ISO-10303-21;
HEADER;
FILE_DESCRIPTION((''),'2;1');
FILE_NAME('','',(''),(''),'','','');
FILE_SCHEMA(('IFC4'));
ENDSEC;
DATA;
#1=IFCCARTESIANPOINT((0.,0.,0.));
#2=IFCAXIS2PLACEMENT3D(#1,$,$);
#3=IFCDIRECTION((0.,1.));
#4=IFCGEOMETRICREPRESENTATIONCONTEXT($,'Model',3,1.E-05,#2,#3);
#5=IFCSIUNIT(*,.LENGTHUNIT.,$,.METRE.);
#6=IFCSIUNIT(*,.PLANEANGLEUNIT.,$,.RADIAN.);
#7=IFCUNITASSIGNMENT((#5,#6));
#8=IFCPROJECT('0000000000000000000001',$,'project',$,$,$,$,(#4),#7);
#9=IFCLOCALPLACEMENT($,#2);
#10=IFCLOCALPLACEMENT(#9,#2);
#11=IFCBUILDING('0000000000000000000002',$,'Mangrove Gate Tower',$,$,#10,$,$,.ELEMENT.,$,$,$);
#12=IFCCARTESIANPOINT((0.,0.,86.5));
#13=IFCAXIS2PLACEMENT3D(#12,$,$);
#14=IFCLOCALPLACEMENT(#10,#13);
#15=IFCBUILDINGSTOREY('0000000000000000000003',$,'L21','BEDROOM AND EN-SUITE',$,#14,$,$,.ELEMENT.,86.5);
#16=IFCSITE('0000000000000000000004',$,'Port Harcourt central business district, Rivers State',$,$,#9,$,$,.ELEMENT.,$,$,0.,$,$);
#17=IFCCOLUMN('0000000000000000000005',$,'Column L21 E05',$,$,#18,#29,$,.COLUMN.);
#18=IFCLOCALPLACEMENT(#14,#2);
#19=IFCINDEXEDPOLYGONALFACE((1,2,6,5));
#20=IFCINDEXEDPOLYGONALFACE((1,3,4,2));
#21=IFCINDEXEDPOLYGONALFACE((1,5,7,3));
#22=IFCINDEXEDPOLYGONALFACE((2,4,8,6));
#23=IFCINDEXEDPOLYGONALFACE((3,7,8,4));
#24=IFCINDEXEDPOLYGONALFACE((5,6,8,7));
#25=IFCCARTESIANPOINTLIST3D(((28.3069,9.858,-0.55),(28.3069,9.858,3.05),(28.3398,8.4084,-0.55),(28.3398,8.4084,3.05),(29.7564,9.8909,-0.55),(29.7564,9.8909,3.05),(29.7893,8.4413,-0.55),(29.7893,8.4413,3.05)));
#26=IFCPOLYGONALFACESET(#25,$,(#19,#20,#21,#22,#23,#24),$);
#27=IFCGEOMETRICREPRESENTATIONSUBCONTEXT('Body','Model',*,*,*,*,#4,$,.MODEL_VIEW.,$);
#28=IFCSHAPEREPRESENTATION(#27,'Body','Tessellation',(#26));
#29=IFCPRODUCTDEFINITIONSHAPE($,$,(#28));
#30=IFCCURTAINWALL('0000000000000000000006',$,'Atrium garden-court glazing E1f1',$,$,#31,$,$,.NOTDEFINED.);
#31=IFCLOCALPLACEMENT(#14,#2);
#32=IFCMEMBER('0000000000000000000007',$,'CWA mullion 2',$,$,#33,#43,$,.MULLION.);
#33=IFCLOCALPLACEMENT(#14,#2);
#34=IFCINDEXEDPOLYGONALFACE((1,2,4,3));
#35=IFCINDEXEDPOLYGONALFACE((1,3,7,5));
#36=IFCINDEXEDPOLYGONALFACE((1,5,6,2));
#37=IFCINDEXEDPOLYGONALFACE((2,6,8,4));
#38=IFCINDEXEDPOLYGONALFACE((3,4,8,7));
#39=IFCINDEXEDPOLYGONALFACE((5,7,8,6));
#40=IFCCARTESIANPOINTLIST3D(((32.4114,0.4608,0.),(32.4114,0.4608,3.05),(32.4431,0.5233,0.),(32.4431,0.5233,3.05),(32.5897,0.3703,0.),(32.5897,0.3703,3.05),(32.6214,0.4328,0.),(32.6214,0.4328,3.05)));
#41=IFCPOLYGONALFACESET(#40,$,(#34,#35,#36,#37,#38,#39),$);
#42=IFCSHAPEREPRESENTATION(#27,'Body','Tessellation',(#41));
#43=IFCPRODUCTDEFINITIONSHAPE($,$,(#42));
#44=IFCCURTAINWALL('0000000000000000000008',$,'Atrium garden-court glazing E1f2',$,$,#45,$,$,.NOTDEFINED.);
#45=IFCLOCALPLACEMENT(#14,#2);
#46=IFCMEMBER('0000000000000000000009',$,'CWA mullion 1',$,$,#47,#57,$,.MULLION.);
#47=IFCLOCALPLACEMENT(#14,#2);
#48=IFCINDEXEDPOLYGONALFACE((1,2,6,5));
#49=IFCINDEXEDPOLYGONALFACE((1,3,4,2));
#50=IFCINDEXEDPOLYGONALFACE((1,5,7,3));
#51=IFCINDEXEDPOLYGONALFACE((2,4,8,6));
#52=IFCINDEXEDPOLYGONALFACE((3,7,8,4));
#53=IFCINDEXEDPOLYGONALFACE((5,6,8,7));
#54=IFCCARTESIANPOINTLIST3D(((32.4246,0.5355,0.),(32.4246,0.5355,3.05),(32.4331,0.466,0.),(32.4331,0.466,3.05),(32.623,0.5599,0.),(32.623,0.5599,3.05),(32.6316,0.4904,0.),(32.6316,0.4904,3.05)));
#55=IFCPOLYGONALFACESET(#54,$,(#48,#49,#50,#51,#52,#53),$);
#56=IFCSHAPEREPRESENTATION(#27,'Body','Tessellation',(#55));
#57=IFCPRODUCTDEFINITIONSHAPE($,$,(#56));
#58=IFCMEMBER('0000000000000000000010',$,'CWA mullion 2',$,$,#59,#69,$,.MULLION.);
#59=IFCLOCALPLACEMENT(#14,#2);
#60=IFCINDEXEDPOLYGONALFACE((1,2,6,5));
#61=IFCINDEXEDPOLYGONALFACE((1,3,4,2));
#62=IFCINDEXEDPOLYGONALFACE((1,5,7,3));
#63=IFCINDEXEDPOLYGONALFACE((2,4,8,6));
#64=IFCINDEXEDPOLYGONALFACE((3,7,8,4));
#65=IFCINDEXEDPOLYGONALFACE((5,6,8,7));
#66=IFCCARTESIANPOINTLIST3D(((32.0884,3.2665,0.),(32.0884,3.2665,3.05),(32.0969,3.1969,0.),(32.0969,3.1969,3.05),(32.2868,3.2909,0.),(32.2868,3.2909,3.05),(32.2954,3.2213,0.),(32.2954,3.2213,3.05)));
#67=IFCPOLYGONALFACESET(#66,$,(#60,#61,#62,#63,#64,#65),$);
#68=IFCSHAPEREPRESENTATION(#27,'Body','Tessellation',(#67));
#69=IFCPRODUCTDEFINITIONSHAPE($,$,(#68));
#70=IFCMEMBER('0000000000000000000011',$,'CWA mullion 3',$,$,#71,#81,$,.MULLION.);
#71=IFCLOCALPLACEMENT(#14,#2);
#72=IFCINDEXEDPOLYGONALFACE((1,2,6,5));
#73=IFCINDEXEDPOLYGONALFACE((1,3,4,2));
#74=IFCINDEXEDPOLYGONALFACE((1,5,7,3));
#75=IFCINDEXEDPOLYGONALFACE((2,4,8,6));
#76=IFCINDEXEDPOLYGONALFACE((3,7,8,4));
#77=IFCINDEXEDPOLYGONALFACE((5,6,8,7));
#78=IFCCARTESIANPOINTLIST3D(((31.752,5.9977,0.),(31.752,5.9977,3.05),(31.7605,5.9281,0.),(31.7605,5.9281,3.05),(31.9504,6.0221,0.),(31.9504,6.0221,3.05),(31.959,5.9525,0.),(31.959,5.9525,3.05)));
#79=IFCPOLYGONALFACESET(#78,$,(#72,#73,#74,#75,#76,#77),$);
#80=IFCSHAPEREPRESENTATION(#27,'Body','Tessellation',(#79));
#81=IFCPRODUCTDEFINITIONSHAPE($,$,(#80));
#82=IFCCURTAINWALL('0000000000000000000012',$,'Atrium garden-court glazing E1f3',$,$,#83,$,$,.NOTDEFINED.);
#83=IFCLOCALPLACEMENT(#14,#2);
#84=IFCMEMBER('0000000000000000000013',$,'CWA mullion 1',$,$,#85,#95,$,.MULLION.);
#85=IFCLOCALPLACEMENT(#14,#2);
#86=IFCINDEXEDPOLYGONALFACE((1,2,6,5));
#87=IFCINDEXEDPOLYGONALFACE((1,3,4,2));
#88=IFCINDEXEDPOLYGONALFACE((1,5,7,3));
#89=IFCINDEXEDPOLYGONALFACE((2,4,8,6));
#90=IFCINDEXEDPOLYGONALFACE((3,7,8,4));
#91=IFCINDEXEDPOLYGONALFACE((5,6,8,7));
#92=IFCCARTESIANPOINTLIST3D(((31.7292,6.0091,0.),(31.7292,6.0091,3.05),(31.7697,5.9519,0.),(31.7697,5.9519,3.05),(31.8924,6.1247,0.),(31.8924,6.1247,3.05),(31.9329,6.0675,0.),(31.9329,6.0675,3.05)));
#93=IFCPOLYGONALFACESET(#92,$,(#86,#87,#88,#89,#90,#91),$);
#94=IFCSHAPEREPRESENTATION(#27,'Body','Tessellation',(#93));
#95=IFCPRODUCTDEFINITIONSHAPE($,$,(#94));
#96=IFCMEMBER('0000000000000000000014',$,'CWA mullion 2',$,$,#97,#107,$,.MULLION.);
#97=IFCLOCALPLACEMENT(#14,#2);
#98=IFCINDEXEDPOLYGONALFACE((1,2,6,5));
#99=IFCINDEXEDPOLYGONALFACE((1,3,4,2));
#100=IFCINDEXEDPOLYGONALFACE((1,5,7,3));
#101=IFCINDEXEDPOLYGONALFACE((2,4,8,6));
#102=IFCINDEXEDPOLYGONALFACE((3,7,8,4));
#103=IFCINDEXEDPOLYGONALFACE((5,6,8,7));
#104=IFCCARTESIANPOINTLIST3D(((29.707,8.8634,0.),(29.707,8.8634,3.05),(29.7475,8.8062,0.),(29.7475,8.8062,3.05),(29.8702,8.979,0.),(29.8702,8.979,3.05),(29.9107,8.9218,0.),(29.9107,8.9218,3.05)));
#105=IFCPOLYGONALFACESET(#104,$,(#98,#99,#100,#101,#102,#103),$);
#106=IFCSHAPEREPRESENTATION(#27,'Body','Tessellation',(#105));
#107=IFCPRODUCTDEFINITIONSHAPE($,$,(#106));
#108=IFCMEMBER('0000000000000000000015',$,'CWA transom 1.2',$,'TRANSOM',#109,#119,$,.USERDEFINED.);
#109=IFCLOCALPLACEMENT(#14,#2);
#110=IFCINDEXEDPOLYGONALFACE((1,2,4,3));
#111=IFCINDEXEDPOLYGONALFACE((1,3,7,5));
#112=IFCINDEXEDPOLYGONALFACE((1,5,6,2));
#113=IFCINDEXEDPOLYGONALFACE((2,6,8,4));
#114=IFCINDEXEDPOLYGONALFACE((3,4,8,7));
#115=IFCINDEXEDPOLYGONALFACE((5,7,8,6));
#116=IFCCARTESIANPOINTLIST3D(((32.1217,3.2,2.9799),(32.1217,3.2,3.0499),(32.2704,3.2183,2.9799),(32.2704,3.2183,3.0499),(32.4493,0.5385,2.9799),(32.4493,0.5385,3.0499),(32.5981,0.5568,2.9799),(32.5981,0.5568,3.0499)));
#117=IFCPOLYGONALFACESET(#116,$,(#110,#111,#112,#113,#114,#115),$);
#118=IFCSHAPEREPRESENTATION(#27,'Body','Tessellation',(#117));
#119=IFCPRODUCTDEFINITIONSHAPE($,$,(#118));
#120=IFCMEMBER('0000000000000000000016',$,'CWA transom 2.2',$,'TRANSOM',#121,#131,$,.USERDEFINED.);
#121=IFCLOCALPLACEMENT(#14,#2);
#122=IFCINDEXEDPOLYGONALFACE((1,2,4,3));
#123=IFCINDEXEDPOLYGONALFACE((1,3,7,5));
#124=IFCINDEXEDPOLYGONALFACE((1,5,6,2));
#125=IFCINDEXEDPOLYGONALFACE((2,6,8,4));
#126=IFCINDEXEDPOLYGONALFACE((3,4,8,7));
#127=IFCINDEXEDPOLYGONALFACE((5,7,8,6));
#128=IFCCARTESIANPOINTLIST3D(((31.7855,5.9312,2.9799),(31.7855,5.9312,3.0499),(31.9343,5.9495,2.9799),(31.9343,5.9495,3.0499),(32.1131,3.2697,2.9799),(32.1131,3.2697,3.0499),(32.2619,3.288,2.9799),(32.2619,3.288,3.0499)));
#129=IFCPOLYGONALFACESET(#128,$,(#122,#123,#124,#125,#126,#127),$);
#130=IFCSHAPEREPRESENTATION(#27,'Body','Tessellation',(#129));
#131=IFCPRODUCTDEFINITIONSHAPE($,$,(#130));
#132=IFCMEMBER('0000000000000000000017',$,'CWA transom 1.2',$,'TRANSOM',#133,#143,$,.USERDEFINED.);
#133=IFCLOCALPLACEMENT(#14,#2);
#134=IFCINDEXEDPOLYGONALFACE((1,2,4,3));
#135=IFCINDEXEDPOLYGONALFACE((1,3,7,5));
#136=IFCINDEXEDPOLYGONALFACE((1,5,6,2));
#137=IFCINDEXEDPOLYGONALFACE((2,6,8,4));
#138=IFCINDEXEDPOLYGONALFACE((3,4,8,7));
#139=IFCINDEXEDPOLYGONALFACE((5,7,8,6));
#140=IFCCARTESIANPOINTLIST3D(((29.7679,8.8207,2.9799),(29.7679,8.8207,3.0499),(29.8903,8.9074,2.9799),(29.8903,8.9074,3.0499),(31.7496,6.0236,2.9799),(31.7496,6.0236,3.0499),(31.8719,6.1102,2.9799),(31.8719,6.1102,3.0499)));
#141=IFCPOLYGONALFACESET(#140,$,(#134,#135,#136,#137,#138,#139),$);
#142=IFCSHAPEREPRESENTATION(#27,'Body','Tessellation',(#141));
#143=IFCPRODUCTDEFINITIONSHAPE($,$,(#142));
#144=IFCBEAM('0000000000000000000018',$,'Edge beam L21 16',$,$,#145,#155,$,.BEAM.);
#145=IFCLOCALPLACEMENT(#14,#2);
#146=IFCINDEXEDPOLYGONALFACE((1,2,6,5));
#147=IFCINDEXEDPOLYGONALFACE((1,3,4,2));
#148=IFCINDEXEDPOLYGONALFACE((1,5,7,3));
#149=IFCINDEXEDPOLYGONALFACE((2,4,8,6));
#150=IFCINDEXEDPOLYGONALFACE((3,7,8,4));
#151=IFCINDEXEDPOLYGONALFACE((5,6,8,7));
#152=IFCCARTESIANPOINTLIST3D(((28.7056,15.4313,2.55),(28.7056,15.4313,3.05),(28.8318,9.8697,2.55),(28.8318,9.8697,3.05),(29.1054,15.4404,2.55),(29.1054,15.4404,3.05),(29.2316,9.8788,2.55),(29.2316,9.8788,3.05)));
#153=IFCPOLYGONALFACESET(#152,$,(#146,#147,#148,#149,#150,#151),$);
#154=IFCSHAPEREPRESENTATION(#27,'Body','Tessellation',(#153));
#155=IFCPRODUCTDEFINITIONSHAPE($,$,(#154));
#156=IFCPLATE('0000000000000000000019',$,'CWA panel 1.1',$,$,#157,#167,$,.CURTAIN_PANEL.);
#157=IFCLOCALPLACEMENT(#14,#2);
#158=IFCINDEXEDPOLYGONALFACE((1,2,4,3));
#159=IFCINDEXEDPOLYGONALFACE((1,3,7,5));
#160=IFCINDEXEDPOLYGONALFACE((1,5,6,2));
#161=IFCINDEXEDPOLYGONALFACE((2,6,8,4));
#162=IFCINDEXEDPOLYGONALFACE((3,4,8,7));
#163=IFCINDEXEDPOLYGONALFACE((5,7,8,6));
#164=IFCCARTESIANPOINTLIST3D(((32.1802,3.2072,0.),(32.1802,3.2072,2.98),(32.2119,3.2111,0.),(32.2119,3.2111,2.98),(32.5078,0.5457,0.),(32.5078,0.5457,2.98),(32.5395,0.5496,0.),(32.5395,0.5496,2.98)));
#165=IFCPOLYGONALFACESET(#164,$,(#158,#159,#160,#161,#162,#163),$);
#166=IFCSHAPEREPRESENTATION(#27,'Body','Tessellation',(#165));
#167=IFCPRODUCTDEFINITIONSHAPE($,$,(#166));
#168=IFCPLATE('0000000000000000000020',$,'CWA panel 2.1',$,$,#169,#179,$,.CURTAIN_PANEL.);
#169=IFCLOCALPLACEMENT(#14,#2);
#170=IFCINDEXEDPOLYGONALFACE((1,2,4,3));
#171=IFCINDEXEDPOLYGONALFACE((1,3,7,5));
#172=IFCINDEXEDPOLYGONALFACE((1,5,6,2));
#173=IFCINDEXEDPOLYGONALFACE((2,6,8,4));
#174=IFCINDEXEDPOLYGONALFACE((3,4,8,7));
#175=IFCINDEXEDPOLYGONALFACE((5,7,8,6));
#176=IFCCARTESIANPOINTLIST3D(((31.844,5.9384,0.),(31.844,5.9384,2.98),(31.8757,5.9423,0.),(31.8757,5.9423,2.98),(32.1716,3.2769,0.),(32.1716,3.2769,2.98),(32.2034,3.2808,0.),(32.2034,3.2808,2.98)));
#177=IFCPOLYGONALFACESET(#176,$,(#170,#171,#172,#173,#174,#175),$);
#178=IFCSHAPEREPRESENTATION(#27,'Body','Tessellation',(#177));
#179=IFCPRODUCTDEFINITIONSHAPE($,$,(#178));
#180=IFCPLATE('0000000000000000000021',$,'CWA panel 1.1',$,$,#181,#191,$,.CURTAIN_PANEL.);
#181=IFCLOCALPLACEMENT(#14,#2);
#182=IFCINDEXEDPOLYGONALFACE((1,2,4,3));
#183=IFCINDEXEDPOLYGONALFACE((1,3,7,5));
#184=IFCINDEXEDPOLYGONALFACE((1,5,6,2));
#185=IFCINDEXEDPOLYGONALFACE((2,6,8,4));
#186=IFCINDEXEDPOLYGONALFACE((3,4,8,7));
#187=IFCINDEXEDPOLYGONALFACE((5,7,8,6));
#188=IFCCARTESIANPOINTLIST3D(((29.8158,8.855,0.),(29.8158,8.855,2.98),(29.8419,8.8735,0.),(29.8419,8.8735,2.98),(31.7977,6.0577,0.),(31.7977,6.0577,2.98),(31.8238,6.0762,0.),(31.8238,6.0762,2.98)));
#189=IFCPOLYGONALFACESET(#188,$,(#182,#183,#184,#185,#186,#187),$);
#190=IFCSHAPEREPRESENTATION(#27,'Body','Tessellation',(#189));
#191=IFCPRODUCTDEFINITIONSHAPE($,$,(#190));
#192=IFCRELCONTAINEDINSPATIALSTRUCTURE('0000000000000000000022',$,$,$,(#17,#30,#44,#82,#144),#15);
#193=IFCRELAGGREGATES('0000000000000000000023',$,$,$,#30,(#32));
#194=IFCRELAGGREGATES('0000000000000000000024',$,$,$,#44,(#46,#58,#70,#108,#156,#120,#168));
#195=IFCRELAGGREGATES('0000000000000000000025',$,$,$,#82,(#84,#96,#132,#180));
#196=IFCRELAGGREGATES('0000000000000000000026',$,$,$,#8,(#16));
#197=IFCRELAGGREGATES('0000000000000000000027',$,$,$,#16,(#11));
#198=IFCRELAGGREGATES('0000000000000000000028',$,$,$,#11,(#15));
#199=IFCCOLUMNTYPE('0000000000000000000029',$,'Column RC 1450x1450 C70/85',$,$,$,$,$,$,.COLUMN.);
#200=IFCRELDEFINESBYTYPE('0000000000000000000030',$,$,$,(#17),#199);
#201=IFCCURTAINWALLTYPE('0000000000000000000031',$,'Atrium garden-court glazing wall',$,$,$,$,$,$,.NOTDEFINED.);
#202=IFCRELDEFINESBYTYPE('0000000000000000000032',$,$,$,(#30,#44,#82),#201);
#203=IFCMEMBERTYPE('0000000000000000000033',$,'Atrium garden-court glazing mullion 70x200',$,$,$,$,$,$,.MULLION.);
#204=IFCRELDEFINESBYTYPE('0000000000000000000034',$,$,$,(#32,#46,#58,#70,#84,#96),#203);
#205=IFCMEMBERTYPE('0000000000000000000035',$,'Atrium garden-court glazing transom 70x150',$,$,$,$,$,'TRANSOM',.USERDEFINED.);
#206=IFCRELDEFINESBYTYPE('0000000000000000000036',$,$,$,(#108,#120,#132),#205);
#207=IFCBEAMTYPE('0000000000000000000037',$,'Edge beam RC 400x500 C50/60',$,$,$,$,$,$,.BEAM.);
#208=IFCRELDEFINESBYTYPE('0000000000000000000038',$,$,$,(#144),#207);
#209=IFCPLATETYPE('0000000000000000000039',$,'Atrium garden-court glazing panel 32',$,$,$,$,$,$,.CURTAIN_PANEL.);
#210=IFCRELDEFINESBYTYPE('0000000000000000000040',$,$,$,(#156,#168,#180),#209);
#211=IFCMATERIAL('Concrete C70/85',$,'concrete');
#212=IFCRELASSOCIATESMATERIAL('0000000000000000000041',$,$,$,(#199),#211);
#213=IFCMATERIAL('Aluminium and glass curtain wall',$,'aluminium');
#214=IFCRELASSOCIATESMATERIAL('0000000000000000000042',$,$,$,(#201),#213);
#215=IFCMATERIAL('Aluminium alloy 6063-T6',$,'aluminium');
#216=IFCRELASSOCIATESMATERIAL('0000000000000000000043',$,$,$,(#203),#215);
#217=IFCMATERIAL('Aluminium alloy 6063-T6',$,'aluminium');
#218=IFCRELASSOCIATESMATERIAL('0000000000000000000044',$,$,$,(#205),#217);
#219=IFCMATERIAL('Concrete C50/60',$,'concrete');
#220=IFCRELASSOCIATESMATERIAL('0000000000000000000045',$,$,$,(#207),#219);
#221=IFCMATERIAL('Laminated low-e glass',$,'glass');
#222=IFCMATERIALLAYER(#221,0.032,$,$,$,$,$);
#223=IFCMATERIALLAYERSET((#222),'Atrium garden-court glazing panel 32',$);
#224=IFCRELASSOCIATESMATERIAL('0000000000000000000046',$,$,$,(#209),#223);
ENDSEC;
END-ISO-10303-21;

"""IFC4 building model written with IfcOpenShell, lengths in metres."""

from ifc_helpers import new_model, si_unit, direction, frame, origin, origin_2d, place, context, subcontext, project, spatial, rectangle, extrude, material, layer, layer_set, material_profile, profile_set, type_object, element, aggregate, save


model = new_model("IFC4")

# Units and contexts
model_context = context("Model", 3, precision=1e-05, world=origin(), true_north=direction((0.0, 1.0)))
body_context = subcontext(model_context, "Body", "Model", "MODEL_VIEW")
ifc_project = project(units=[si_unit("LENGTHUNIT", "METRE"), si_unit("PLANEANGLEUNIT", "RADIAN")], contexts=[model_context])

# Site, building, storey
site_placement = place(None, origin())
site = spatial("IfcSite", under=ifc_project, at=site_placement, Name="Port Harcourt central business district, Rivers State", CompositionType="ELEMENT", RefElevation=0.0)
building_placement = place(site_placement, origin())
building = spatial("IfcBuilding", under=site, at=building_placement, Name="Mangrove Gate Tower", CompositionType="ELEMENT")
storey_placement = place(building_placement, frame((0.0, 0.0, 86.5)))
storey = spatial("IfcBuildingStorey", under=building, at=storey_placement, Name="L21", Description="BEDROOM AND EN-SUITE", CompositionType="ELEMENT", Elevation=86.5)

# Column
ifc_material_1 = material(Name="Concrete C70/85", Category="concrete")
ifc_material_profile_1 = material_profile(ifc_material_1, rectangle(XDim=1.45, YDim=1.45, at=origin_2d()))
ifc_profile_set_1 = profile_set([ifc_material_profile_1], Name="Concrete C70/85")
column_type = type_object("IfcColumnType", Name="Column RC 1450x1450 C70/85", PredefinedType="COLUMN", material=ifc_profile_set_1)
column_placement = place(storey_placement, frame((29.0481, 9.1497, -0.55), z_axis=(0.0, 0.0, 1.0), x_axis=(-0.022684, 0.999743, 0.0)))
element("IfcColumn", 1, at=column_placement, inside=storey, type_object=column_type, Name="Column L21 E05", PredefinedType="COLUMN", context=body_context, shape_type="SweptSolid", body=[
    extrude(rectangle(XDim=1.45, YDim=1.45, at=origin_2d()), origin(), (0.0, 0.0, 1.0), 3.6001),
])

# Curtain wall, member
ifc_material_2 = material(Name="Aluminium and glass curtain wall", Category="aluminium")
curtain_wall_type = type_object("IfcCurtainWallType", Name="Atrium garden-court glazing wall", PredefinedType="NOTDEFINED", material=ifc_material_2)
curtain_wall_1_placement = place(storey_placement, origin())
curtain_wall_1 = element("IfcCurtainWall", 2, at=curtain_wall_1_placement, inside=storey, type_object=curtain_wall_type, Name="Atrium garden-court glazing E1f1", PredefinedType="NOTDEFINED")
ifc_material_3 = material(Name="Aluminium alloy 6063-T6", Category="aluminium")
ifc_material_profile_2 = material_profile(ifc_material_3, rectangle(XDim=0.0701, YDim=0.2, at=origin_2d()))
ifc_profile_set_2 = profile_set([ifc_material_profile_2], Name="Aluminium alloy 6063-T6")
member_type_1 = type_object("IfcMemberType", Name="Atrium garden-court glazing mullion 70x200", PredefinedType="MULLION", material=ifc_profile_set_2)
member_1_placement = place(storey_placement, frame((32.5164, 0.4468, 0.0), z_axis=(0.0, 0.0, 1.0), x_axis=(0.452581, 0.891723, 0.0)))
member_1 = element("IfcMember", 3, at=member_1_placement, type_object=member_type_1, Name="CWA mullion 2", PredefinedType="MULLION", context=body_context, shape_type="SweptSolid", body=[
    extrude(rectangle(XDim=0.0701, YDim=0.2, at=origin_2d()), origin(), (0.0, 0.0, 1.0), 3.05),
])
aggregate(curtain_wall_1, [member_1])

# Curtain walls, members
curtain_wall_2_placement = place(storey_placement, origin())
curtain_wall_2 = element("IfcCurtainWall", 4, at=curtain_wall_2_placement, inside=storey, type_object=curtain_wall_type, Name="Atrium garden-court glazing E1f2", PredefinedType="NOTDEFINED")
member_2_placement = place(storey_placement, frame((32.5281, 0.5129, 0.0), z_axis=(0.0, 0.0, 1.0), x_axis=(-0.122172, 0.992509, 0.0)))
member_2 = element("IfcMember", 5, at=member_2_placement, type_object=member_type_1, Name="CWA mullion 1", PredefinedType="MULLION", context=body_context, shape_type="SweptSolid", body=[
    extrude(rectangle(XDim=0.0701, YDim=0.2, at=origin_2d()), origin(), (0.0, 0.0, 1.0), 3.05),
])
member_3_placement = place(storey_placement, frame((32.1919, 3.2439, 0.0), z_axis=(0.0, 0.0, 1.0), x_axis=(-0.122172, 0.992509, 0.0)))
member_3 = element("IfcMember", 6, at=member_3_placement, type_object=member_type_1, Name="CWA mullion 2", PredefinedType="MULLION", context=body_context, shape_type="SweptSolid", body=[
    extrude(rectangle(XDim=0.0701, YDim=0.2, at=origin_2d()), origin(), (0.0, 0.0, 1.0), 3.05),
])
member_4_placement = place(storey_placement, frame((31.8555, 5.9751, 0.0), z_axis=(0.0, 0.0, 1.0), x_axis=(-0.122172, 0.992509, 0.0)))
member_4 = element("IfcMember", 7, at=member_4_placement, type_object=member_type_1, Name="CWA mullion 3", PredefinedType="MULLION", context=body_context, shape_type="SweptSolid", body=[
    extrude(rectangle(XDim=0.0701, YDim=0.2, at=origin_2d()), origin(), (0.0, 0.0, 1.0), 3.05),
])
curtain_wall_3_placement = place(storey_placement, origin())
curtain_wall_3 = element("IfcCurtainWall", 8, at=curtain_wall_3_placement, inside=storey, type_object=curtain_wall_type, Name="Atrium garden-court glazing E1f3", PredefinedType="NOTDEFINED")
member_5_placement = place(storey_placement, frame((31.8311, 6.0383, 0.0), z_axis=(0.0, 0.0, 1.0), x_axis=(-0.578109, 0.815959, 0.0)))
member_5 = element("IfcMember", 9, at=member_5_placement, type_object=member_type_1, Name="CWA mullion 1", PredefinedType="MULLION", context=body_context, shape_type="SweptSolid", body=[
    extrude(rectangle(XDim=0.0701, YDim=0.2, at=origin_2d()), origin(), (0.0, 0.0, 1.0), 3.05),
])
member_6_placement = place(storey_placement, frame((29.8088, 8.8926, 0.0), z_axis=(0.0, 0.0, 1.0), x_axis=(-0.578109, 0.815959, 0.0)))
member_6 = element("IfcMember", 10, at=member_6_placement, type_object=member_type_1, Name="CWA mullion 2", PredefinedType="MULLION", context=body_context, shape_type="SweptSolid", body=[
    extrude(rectangle(XDim=0.0701, YDim=0.2, at=origin_2d()), origin(), (0.0, 0.0, 1.0), 3.05),
])

# Members
ifc_material_4 = material(Name="Aluminium alloy 6063-T6", Category="aluminium")
ifc_material_profile_3 = material_profile(ifc_material_4, rectangle(XDim=0.0701, YDim=0.1499, at=origin_2d()))
ifc_profile_set_3 = profile_set([ifc_material_profile_3], Name="Aluminium alloy 6063-T6")
member_type_2 = type_object("IfcMemberType", Name="Atrium garden-court glazing transom 70x150", ElementType="TRANSOM", PredefinedType="USERDEFINED", material=ifc_profile_set_3)
member_7_placement = place(storey_placement, frame((32.5237, 0.5476, 3.0149), z_axis=(-0.122175, 0.992509, 0.0), x_axis=(0.0, 0.0, 1.0)))
member_7 = element("IfcMember", 11, at=member_7_placement, type_object=member_type_2, Name="CWA transom 1.2", ObjectType="TRANSOM", PredefinedType="USERDEFINED", context=body_context, shape_type="SweptSolid", body=[
    extrude(rectangle(XDim=0.0701, YDim=0.1499, at=origin_2d()), origin(), (0.0, 0.0, 1.0), 2.6816),
])
member_8_placement = place(storey_placement, frame((32.1875, 3.2788, 3.0149), z_axis=(-0.122175, 0.992509, 0.0), x_axis=(0.0, 0.0, 1.0)))
member_8 = element("IfcMember", 12, at=member_8_placement, type_object=member_type_2, Name="CWA transom 2.2", ObjectType="TRANSOM", PredefinedType="USERDEFINED", context=body_context, shape_type="SweptSolid", body=[
    extrude(rectangle(XDim=0.0701, YDim=0.1499, at=origin_2d()), origin(), (0.0, 0.0, 1.0), 2.6816),
])
member_9_placement = place(storey_placement, frame((31.8108, 6.0669, 3.0149), z_axis=(-0.578094, 0.81597, 0.0), x_axis=(0.0, 0.0, 1.0)))
member_9 = element("IfcMember", 13, at=member_9_placement, type_object=member_type_2, Name="CWA transom 1.2", ObjectType="TRANSOM", PredefinedType="USERDEFINED", context=body_context, shape_type="SweptSolid", body=[
    extrude(rectangle(XDim=0.0701, YDim=0.1499, at=origin_2d()), origin(), (0.0, 0.0, 1.0), 3.428),
])

# Beam
ifc_material_5 = material(Name="Concrete C50/60", Category="concrete")
ifc_material_profile_4 = material_profile(ifc_material_5, rectangle(XDim=0.3999, YDim=0.5, at=origin_2d()))
ifc_profile_set_4 = profile_set([ifc_material_profile_4], Name="Concrete C50/60")
beam_type = type_object("IfcBeamType", Name="Edge beam RC 400x500 C50/60", PredefinedType="BEAM", material=ifc_profile_set_4)
beam_placement = place(storey_placement, frame((29.0317, 9.8743, 2.8), z_axis=(-0.02269, 0.999743, 0.0), x_axis=(-0.999743, -0.02269, 0.0)))
element("IfcBeam", 14, at=beam_placement, inside=storey, type_object=beam_type, Name="Edge beam L21 16", PredefinedType="BEAM", context=body_context, shape_type="SweptSolid", body=[
    extrude(rectangle(XDim=0.3999, YDim=0.5, at=origin_2d()), origin(), (0.0, 0.0, 1.0), 5.563),
])

# Plates
ifc_material_6 = material(Name="Laminated low-e glass", Category="glass")
ifc_layer_1 = layer(ifc_material_6, 0.032)
ifc_layer_set_1 = layer_set([ifc_layer_1], Name="Atrium garden-court glazing panel 32")
plate_type = type_object("IfcPlateType", Name="Atrium garden-court glazing panel 32", PredefinedType="CURTAIN_PANEL", material=ifc_layer_set_1)
plate_1_placement = place(storey_placement, frame((32.3599, 1.8784, 0.0), z_axis=(0.0, 0.0, 1.0), x_axis=(-0.122172, 0.992509, 0.0)))
plate_1 = element("IfcPlate", 15, at=plate_1_placement, type_object=plate_type, Name="CWA panel 1.1", PredefinedType="CURTAIN_PANEL", context=body_context, shape_type="SweptSolid", body=[
    extrude(rectangle(XDim=2.6816, YDim=0.032, at=origin_2d()), origin(), (0.0, 0.0, 1.0), 2.98),
])
plate_2_placement = place(storey_placement, frame((32.0237, 4.6096, 0.0), z_axis=(0.0, 0.0, 1.0), x_axis=(-0.122172, 0.992509, 0.0)))
plate_2 = element("IfcPlate", 16, at=plate_2_placement, type_object=plate_type, Name="CWA panel 2.1", PredefinedType="CURTAIN_PANEL", context=body_context, shape_type="SweptSolid", body=[
    extrude(rectangle(XDim=2.6816, YDim=0.032, at=origin_2d()), origin(), (0.0, 0.0, 1.0), 2.98),
])
aggregate(curtain_wall_2, [member_2, member_3, member_4, member_7, plate_1, member_8, plate_2])
plate_3_placement = place(storey_placement, frame((30.8198, 7.4656, 0.0), z_axis=(0.0, 0.0, 1.0), x_axis=(-0.578109, 0.815959, 0.0)))
plate_3 = element("IfcPlate", 17, at=plate_3_placement, type_object=plate_type, Name="CWA panel 1.1", PredefinedType="CURTAIN_PANEL", context=body_context, shape_type="SweptSolid", body=[
    extrude(rectangle(XDim=3.4282, YDim=0.032, at=origin_2d()), origin(), (0.0, 0.0, 1.0), 2.98),
])
aggregate(curtain_wall_3, [member_5, member_6, member_9, plate_3])

save(model, "model.ifc")
